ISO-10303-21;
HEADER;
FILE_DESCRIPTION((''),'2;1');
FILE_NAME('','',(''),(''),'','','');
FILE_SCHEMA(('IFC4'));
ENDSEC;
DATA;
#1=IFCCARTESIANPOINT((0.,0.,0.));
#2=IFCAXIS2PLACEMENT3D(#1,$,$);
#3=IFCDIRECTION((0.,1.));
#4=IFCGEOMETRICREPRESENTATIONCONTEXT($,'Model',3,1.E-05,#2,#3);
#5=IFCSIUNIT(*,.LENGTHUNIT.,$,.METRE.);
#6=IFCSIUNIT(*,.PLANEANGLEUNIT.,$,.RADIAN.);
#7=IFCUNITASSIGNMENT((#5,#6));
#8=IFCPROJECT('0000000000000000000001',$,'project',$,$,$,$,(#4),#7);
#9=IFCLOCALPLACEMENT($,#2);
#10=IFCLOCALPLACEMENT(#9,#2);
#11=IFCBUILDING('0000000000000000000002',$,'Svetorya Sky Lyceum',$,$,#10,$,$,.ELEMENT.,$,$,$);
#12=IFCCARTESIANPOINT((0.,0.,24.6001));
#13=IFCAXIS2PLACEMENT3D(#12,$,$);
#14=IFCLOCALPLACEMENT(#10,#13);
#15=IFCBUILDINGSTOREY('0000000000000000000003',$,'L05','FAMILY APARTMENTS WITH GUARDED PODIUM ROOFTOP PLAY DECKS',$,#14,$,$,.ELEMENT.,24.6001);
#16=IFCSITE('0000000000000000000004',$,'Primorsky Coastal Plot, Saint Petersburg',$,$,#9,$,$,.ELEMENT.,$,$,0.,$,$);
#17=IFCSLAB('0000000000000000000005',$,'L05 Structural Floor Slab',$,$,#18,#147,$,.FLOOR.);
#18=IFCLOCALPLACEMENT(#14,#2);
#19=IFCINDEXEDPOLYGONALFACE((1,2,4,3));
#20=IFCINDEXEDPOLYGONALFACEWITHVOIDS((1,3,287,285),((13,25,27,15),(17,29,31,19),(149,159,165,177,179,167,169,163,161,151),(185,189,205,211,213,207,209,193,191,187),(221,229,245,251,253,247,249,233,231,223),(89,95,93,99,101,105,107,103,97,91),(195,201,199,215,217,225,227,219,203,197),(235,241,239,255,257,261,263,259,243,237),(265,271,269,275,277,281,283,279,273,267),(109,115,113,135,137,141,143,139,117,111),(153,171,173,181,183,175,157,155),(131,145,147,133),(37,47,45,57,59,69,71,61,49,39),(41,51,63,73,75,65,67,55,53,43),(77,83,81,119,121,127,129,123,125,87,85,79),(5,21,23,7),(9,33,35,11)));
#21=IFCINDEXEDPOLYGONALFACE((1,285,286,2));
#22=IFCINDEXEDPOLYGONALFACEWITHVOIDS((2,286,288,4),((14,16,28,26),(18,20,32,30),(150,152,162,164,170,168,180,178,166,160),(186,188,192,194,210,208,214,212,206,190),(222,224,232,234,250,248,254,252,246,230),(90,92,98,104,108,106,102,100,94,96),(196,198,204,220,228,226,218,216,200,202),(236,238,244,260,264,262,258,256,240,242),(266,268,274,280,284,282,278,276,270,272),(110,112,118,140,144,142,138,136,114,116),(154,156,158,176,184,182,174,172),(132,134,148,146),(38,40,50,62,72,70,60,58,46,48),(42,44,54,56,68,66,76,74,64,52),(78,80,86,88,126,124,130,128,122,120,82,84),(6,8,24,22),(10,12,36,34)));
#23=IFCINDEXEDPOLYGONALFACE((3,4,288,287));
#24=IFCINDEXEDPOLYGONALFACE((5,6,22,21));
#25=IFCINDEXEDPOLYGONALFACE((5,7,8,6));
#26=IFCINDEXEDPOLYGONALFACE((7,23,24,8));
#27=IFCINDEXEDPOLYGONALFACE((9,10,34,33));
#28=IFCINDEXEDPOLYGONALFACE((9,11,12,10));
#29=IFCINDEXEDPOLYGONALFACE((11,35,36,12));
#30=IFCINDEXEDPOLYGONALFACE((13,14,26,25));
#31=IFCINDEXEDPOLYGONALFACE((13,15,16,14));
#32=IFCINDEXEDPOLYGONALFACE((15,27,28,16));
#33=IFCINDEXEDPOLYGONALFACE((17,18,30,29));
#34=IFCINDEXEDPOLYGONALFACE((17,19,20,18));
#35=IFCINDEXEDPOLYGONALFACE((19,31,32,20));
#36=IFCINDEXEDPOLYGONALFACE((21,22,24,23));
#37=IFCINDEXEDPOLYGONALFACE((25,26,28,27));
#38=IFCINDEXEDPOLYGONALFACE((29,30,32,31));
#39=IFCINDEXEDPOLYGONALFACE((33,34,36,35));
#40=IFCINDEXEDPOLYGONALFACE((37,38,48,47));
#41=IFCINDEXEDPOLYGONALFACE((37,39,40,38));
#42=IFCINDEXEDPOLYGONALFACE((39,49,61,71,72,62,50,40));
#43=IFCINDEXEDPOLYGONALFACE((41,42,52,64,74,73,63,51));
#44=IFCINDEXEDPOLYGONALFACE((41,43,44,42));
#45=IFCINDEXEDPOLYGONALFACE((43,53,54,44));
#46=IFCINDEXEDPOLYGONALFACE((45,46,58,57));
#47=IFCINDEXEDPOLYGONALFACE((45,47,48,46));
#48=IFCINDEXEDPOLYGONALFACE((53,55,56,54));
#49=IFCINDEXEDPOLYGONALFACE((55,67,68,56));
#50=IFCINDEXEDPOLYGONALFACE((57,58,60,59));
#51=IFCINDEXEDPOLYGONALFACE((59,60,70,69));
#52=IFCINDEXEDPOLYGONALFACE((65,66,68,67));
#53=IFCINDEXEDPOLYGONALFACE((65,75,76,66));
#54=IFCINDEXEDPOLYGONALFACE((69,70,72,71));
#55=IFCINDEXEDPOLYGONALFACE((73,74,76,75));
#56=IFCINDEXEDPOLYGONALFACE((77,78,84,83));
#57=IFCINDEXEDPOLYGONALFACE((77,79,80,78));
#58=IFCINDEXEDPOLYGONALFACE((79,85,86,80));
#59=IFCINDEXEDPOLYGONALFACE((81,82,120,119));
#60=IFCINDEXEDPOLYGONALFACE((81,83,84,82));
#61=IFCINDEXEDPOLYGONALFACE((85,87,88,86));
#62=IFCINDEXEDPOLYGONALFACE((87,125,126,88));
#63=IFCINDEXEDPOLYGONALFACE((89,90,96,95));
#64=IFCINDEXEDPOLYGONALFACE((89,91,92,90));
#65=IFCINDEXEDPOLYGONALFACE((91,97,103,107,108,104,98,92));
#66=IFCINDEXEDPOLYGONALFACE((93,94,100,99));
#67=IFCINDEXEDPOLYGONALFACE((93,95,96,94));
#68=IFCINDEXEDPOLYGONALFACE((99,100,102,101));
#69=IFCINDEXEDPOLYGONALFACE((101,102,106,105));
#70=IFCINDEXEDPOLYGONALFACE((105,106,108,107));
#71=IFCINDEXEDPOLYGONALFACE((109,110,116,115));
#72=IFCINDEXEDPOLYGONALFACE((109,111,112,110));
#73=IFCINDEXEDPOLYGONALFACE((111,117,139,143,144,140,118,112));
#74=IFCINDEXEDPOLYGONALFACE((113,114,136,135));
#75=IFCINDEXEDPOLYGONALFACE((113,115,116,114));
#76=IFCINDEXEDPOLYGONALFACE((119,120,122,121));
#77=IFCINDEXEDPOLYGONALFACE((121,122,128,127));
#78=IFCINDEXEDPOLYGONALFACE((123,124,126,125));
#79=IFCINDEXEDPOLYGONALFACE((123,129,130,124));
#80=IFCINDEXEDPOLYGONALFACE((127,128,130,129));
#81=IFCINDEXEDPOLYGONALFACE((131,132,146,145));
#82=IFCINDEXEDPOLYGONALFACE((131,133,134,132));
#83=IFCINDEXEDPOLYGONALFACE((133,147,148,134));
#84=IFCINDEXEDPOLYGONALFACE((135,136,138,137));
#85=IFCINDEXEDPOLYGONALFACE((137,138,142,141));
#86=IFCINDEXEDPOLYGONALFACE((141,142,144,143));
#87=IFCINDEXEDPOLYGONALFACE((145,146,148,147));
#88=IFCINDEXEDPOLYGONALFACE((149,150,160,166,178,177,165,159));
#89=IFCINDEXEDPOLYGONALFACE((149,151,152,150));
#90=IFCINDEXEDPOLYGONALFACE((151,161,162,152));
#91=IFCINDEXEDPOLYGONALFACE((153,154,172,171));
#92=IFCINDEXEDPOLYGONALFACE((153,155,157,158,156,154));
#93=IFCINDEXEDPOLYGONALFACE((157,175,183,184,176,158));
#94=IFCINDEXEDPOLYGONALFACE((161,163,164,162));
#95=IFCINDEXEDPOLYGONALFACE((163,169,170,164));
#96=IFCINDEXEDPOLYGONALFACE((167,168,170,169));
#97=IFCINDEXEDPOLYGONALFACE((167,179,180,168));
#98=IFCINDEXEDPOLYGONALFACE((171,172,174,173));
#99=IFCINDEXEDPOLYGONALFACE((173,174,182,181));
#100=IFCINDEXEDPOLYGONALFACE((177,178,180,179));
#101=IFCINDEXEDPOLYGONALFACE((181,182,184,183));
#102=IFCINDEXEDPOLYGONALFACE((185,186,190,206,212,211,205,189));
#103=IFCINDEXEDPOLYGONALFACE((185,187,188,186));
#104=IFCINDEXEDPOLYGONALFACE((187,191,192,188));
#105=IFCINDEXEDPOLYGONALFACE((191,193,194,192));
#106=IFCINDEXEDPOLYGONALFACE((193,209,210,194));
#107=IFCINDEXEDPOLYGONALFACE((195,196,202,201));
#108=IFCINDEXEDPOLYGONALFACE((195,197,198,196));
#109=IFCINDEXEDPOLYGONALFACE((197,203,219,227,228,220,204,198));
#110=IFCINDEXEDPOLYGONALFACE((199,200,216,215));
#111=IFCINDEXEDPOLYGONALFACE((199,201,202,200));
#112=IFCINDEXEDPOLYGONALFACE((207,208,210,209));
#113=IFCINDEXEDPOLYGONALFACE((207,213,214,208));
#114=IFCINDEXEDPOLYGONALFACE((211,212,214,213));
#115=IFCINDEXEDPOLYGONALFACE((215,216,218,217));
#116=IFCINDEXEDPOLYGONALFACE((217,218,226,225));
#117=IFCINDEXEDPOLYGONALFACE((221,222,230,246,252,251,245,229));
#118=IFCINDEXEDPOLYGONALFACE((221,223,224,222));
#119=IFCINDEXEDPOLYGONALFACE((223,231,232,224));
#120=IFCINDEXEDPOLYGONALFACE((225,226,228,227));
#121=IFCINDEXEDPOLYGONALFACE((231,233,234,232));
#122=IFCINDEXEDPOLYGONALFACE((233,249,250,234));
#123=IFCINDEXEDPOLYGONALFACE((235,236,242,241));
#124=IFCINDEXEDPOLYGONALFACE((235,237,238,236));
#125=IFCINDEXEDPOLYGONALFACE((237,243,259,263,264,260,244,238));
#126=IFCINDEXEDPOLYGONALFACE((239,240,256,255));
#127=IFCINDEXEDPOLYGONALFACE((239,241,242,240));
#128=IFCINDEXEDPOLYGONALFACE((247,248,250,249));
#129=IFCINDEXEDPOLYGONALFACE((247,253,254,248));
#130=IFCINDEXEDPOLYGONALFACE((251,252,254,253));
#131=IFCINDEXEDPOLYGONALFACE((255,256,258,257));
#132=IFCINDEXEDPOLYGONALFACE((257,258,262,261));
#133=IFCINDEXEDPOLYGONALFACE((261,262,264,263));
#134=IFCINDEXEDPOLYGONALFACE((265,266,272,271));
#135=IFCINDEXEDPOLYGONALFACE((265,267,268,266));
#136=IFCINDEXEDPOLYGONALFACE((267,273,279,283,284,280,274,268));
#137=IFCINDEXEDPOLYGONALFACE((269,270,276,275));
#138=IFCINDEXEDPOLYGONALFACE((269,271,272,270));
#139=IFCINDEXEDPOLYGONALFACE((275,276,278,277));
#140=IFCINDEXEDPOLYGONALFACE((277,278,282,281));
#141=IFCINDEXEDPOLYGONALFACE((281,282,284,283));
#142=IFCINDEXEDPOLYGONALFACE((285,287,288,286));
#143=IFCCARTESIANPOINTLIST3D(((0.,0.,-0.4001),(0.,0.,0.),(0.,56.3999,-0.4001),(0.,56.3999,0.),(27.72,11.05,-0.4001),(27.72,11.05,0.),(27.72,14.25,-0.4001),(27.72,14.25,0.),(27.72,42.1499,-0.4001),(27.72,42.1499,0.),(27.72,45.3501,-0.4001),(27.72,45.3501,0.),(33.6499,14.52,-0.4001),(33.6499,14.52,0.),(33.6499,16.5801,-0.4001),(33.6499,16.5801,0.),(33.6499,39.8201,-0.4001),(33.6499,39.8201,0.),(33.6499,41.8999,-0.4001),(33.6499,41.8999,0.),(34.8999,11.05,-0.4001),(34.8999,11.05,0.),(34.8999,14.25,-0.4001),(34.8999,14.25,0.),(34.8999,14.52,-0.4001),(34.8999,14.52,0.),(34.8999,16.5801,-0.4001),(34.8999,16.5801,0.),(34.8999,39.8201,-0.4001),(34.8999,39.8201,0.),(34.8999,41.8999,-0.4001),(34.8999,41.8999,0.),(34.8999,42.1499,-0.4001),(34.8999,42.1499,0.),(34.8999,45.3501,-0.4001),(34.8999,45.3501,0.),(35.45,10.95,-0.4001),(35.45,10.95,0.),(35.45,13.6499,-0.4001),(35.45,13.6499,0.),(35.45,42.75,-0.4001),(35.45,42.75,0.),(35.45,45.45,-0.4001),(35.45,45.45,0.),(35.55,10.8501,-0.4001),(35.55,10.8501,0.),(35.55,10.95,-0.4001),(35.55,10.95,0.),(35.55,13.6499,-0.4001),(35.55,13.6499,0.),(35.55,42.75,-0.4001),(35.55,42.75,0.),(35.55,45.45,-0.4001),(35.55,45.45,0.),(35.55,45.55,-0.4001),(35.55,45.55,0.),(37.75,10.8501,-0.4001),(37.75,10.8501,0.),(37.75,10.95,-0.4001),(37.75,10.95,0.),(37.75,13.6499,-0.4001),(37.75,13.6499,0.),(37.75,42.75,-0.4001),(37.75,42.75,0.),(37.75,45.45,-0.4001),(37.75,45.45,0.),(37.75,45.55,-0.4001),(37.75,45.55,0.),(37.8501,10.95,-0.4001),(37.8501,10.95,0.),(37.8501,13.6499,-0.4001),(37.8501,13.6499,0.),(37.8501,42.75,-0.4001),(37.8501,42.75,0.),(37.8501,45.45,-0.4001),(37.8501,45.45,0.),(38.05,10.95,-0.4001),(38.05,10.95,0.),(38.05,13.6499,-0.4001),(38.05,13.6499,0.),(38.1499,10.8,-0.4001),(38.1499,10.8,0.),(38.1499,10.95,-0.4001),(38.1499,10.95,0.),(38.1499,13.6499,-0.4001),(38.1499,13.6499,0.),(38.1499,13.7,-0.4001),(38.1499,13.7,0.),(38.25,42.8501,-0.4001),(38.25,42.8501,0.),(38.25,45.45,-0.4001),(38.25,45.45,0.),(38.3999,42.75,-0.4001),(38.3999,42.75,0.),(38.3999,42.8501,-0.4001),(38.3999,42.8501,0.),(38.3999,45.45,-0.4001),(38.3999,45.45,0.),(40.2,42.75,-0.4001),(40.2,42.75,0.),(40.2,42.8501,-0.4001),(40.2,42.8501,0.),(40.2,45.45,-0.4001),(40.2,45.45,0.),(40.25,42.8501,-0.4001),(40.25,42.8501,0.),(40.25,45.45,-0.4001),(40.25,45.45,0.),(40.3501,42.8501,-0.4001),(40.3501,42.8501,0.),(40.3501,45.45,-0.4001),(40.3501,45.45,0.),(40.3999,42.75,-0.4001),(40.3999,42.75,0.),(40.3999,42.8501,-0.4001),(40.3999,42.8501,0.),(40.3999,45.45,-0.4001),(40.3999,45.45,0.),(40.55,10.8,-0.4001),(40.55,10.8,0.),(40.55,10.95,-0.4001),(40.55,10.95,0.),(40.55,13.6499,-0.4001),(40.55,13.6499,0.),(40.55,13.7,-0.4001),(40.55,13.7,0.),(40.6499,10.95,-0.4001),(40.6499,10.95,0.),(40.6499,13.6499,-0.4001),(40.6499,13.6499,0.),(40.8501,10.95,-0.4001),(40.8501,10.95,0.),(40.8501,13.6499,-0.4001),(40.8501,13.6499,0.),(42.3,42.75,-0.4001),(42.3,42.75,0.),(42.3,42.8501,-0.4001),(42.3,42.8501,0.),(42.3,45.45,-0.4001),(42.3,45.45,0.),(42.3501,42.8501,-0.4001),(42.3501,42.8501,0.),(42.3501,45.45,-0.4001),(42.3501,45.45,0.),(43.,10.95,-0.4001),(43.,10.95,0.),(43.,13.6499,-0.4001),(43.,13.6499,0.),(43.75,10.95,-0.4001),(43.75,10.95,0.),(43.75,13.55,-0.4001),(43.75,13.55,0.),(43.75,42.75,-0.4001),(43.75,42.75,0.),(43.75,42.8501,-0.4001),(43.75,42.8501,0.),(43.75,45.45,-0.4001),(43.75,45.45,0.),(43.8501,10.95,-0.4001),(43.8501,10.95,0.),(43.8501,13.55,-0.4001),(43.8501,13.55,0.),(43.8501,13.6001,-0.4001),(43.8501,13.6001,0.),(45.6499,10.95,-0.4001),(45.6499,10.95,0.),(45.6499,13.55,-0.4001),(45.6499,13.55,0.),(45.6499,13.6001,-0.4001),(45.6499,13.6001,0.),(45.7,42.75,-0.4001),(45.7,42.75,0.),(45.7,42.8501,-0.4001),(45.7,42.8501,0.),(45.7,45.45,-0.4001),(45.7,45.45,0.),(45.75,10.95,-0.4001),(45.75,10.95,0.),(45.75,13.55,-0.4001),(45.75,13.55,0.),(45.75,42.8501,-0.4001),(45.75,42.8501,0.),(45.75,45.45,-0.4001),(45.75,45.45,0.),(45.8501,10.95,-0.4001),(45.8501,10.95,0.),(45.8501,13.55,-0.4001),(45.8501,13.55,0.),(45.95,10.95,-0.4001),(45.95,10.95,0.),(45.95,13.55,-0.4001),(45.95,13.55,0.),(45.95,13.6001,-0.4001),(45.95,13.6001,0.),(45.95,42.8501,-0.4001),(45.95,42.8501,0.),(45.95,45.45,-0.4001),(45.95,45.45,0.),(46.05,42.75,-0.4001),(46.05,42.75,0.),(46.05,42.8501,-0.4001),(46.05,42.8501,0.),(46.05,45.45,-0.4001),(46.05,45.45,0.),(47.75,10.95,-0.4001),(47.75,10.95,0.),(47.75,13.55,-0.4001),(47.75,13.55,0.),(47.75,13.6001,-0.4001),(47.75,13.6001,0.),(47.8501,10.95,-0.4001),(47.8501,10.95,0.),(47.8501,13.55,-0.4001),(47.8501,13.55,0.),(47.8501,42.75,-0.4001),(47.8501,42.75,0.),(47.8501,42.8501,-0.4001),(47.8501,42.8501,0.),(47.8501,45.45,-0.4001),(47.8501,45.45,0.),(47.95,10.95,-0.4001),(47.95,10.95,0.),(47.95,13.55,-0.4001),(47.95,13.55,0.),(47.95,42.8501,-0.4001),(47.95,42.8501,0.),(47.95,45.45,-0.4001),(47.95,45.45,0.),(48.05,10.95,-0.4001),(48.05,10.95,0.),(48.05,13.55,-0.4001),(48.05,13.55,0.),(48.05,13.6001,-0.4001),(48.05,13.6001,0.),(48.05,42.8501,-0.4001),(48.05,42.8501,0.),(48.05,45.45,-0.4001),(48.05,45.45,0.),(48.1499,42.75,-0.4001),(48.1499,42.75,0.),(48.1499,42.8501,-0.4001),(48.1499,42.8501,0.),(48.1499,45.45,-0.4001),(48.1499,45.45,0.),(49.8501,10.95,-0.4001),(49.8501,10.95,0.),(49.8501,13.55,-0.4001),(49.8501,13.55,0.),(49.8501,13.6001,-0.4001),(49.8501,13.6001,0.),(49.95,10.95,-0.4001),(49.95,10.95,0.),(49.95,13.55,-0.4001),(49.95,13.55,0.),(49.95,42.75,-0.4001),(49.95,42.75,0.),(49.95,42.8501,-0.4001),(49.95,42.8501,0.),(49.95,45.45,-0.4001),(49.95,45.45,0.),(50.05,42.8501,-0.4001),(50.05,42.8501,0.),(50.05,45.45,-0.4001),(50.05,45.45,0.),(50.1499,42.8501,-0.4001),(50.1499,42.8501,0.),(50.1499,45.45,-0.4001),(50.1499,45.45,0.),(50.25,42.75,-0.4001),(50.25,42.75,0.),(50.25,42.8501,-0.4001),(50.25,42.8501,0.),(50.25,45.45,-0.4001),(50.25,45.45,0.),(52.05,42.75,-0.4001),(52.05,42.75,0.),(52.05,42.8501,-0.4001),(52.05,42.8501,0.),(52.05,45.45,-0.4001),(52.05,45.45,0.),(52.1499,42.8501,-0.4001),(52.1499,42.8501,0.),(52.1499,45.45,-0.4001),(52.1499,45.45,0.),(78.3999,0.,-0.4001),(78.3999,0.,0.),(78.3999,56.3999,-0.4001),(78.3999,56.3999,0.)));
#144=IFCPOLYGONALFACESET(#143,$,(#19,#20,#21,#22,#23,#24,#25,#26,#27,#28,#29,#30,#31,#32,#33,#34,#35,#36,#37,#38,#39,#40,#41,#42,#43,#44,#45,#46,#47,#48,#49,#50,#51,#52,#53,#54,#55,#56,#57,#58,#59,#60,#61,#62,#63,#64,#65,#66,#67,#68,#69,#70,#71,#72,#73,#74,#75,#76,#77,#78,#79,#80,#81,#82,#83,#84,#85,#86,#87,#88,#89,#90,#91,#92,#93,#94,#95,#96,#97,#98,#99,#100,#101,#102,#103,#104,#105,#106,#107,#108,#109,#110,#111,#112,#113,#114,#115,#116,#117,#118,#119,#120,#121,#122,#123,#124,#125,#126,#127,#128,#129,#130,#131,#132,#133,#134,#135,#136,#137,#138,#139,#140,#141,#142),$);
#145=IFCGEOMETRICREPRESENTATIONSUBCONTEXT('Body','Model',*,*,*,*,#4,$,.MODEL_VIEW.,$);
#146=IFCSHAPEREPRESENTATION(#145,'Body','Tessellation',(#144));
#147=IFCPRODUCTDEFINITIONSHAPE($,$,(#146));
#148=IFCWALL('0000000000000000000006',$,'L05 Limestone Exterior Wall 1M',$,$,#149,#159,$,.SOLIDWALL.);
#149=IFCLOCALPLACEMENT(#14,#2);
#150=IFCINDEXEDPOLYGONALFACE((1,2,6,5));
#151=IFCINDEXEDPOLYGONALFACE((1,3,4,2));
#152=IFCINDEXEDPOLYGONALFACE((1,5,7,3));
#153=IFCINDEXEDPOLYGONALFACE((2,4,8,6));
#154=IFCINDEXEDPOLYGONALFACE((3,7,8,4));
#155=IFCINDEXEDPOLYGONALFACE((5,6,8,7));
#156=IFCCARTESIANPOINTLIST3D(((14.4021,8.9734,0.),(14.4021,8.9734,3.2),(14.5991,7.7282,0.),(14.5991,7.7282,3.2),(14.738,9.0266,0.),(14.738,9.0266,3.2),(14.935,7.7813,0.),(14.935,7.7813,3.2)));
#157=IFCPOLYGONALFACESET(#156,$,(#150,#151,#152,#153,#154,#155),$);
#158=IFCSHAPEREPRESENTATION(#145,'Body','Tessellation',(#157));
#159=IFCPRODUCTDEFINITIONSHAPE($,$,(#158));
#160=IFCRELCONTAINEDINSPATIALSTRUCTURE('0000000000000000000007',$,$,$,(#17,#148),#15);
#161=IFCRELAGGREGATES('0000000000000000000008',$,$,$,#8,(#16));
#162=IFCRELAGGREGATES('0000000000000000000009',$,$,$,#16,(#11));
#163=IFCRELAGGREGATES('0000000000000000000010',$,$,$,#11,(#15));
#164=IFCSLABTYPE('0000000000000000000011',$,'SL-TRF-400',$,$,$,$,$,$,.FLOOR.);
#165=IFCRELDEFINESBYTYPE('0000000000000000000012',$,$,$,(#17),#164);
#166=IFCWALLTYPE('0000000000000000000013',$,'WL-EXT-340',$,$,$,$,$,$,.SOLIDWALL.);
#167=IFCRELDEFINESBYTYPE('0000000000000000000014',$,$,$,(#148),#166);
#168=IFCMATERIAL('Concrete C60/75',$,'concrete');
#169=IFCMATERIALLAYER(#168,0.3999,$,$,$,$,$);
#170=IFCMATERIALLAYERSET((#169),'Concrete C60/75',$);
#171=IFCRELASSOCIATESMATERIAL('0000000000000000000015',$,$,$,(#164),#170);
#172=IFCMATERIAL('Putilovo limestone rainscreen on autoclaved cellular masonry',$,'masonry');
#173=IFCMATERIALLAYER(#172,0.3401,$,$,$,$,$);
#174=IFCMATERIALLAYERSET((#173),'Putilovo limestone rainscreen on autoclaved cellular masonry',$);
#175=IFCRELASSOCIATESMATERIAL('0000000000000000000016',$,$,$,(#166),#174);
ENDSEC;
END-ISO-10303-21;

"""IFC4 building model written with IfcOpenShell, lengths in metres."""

from ifc_helpers import new_model, si_unit, direction, frame, frame_2d, origin, place, context, subcontext, project, spatial, polyline, rectangle, outline, extrude, material, layer, layer_set, type_object, element, save


model = new_model("IFC4")

# Units and contexts
model_context = context("Model", 3, precision=1e-05, world=origin(), true_north=direction((0.0, 1.0)))
body_context = subcontext(model_context, "Body", "Model", "MODEL_VIEW")
ifc_project = project(units=[si_unit("LENGTHUNIT", "METRE"), si_unit("PLANEANGLEUNIT", "RADIAN")], contexts=[model_context])

# Site, building, storey
site_placement = place(None, origin())
site = spatial("IfcSite", under=ifc_project, at=site_placement, Name="Primorsky Coastal Plot, Saint Petersburg", CompositionType="ELEMENT", RefElevation=0.0)
building_placement = place(site_placement, origin())
building = spatial("IfcBuilding", under=site, at=building_placement, Name="Svetorya Sky Lyceum", CompositionType="ELEMENT")
storey_placement = place(building_placement, frame((0.0, 0.0, 24.6001)))
storey = spatial("IfcBuildingStorey", under=building, at=storey_placement, Name="L05", Description="FAMILY APARTMENTS WITH GUARDED PODIUM ROOFTOP PLAY DECKS", CompositionType="ELEMENT", Elevation=24.6001)

# Shared definitions
ifc_material_1 = material(Name="Concrete C60/75", Category="concrete")

# Slab
ifc_layer_1 = layer(ifc_material_1, 0.3999)
ifc_layer_set_1 = layer_set([ifc_layer_1], Name="Concrete C60/75")
slab_type_1 = type_object("IfcSlabType", Name="SL-TRF-400", PredefinedType="FLOOR", material=ifc_layer_set_1)
slab_1_placement = place(storey_placement, frame((0.0, 0.0, -0.4001)))
element("IfcSlab", 1, at=slab_1_placement, inside=storey, type_object=slab_type_1, Name="L05 Structural Floor Slab", PredefinedType="FLOOR", context=body_context, shape_type="SweptSolid", body=[
    extrude(outline(polyline([(0.0, 0.0), (78.3999, 0.0), (78.3999, 56.3999), (0.0, 56.3999), (0.0, 0.0)]), holes=[polyline([(35.55, 13.6499), (37.75, 13.6499), (37.8501, 13.6499), (37.8501, 10.95), (37.75, 10.95), (37.75, 10.8501), (35.55, 10.8501), (35.55, 10.95), (35.45, 10.95), (35.45, 13.6499), (35.55, 13.6499)]), polyline([(40.6499, 10.95), (40.55, 10.95), (40.55, 10.8), (38.1499, 10.8), (38.1499, 10.95), (38.05, 10.95), (38.05, 13.6499), (38.1499, 13.6499), (38.1499, 13.7), (40.55, 13.7), (40.55, 13.6499), (40.6499, 13.6499), (40.6499, 10.95)]), polyline([(40.8501, 13.6499), (43.0, 13.6499), (43.0, 10.95), (40.8501, 10.95), (40.8501, 13.6499)]), polyline([(27.72, 14.25), (34.8999, 14.25), (34.8999, 11.05), (27.72, 11.05), (27.72, 14.25)]), polyline([(33.6499, 16.5801), (34.8999, 16.5801), (34.8999, 14.52), (33.6499, 14.52), (33.6499, 16.5801)]), polyline([(33.6499, 39.8201), (33.6499, 41.8999), (34.8999, 41.8999), (34.8999, 39.8201), (33.6499, 39.8201)]), polyline([(27.72, 45.3501), (34.8999, 45.3501), (34.8999, 42.1499), (27.72, 42.1499), (27.72, 45.3501)]), polyline([(35.55, 42.75), (35.45, 42.75), (35.45, 45.45), (35.55, 45.45), (35.55, 45.55), (37.75, 45.55), (37.75, 45.45), (37.8501, 45.45), (37.8501, 42.75), (37.75, 42.75), (35.55, 42.75)]), polyline([(40.2, 42.8501), (40.2, 42.75), (38.3999, 42.75), (38.3999, 42.8501), (38.25, 42.8501), (38.25, 45.45), (38.3999, 45.45), (40.2, 45.45), (40.25, 45.45), (40.25, 42.8501), (40.2, 42.8501)]), polyline([(40.3999, 42.8501), (40.3501, 42.8501), (40.3501, 45.45), (40.3999, 45.45), (42.3, 45.45), (42.3501, 45.45), (42.3501, 42.8501), (42.3, 42.8501), (42.3, 42.75), (40.3999, 42.75), (40.3999, 42.8501)]), polyline([(43.8501, 10.95), (43.75, 10.95), (43.75, 13.55), (43.8501, 13.55), (43.8501, 13.6001), (45.6499, 13.6001), (45.6499, 13.55), (45.75, 13.55), (45.75, 10.95), (45.6499, 10.95), (43.8501, 10.95)]), polyline([(45.95, 10.95), (45.8501, 10.95), (45.8501, 13.55), (45.95, 13.55), (45.95, 13.6001), (47.75, 13.6001), (47.75, 13.55), (47.8501, 13.55), (47.8501, 10.95), (47.75, 10.95), (45.95, 10.95)]), polyline([(49.8501, 13.55), (49.95, 13.55), (49.95, 10.95), (49.8501, 10.95), (48.05, 10.95), (47.95, 10.95), (47.95, 13.55), (48.05, 13.55), (48.05, 13.6001), (49.8501, 13.6001), (49.8501, 13.55)]), polyline([(43.75, 42.8501), (43.75, 45.45), (45.7, 45.45), (45.75, 45.45), (45.75, 42.8501), (45.7, 42.8501), (45.7, 42.75), (43.75, 42.75), (43.75, 42.8501)]), polyline([(46.05, 42.8501), (45.95, 42.8501), (45.95, 45.45), (46.05, 45.45), (47.8501, 45.45), (47.95, 45.45), (47.95, 42.8501), (47.8501, 42.8501), (47.8501, 42.75), (46.05, 42.75), (46.05, 42.8501)]), polyline([(48.1499, 42.8501), (48.05, 42.8501), (48.05, 45.45), (48.1499, 45.45), (49.95, 45.45), (50.05, 45.45), (50.05, 42.8501), (49.95, 42.8501), (49.95, 42.75), (48.1499, 42.75), (48.1499, 42.8501)]), polyline([(50.25, 42.8501), (50.1499, 42.8501), (50.1499, 45.45), (50.25, 45.45), (52.05, 45.45), (52.1499, 45.45), (52.1499, 42.8501), (52.05, 42.8501), (52.05, 42.75), (50.25, 42.75), (50.25, 42.8501)])]), origin(), (0.0, 0.0, 1.0), 0.4001),
])

# Wall
ifc_material_2 = material(Name="Putilovo limestone rainscreen on autoclaved cellular masonry", Category="masonry")
ifc_layer_2 = layer(ifc_material_2, 0.3401)
ifc_layer_set_2 = layer_set([ifc_layer_2], Name="Putilovo limestone rainscreen on autoclaved cellular masonry")
wall_type_1 = type_object("IfcWallType", Name="WL-EXT-340", PredefinedType="SOLIDWALL", material=ifc_layer_set_2)
wall_1_placement = place(storey_placement, frame((14.5701, 9.0, 0.0), z_axis=(0.0, 0.0, 1.0), x_axis=(0.156261, -0.987716, 0.0)))
element("IfcWall", 2, at=wall_1_placement, inside=storey, type_object=wall_type_1, Name="L05 Limestone Exterior Wall 1M", PredefinedType="SOLIDWALL", context=body_context, shape_type="SweptSolid", body=[
    extrude(rectangle(XDim=1.2607, YDim=0.3401, at=frame_2d((0.6304, 0.0))), origin(), (0.0, 0.0, 1.0), 3.2),
])

save(model, "model.ifc")
